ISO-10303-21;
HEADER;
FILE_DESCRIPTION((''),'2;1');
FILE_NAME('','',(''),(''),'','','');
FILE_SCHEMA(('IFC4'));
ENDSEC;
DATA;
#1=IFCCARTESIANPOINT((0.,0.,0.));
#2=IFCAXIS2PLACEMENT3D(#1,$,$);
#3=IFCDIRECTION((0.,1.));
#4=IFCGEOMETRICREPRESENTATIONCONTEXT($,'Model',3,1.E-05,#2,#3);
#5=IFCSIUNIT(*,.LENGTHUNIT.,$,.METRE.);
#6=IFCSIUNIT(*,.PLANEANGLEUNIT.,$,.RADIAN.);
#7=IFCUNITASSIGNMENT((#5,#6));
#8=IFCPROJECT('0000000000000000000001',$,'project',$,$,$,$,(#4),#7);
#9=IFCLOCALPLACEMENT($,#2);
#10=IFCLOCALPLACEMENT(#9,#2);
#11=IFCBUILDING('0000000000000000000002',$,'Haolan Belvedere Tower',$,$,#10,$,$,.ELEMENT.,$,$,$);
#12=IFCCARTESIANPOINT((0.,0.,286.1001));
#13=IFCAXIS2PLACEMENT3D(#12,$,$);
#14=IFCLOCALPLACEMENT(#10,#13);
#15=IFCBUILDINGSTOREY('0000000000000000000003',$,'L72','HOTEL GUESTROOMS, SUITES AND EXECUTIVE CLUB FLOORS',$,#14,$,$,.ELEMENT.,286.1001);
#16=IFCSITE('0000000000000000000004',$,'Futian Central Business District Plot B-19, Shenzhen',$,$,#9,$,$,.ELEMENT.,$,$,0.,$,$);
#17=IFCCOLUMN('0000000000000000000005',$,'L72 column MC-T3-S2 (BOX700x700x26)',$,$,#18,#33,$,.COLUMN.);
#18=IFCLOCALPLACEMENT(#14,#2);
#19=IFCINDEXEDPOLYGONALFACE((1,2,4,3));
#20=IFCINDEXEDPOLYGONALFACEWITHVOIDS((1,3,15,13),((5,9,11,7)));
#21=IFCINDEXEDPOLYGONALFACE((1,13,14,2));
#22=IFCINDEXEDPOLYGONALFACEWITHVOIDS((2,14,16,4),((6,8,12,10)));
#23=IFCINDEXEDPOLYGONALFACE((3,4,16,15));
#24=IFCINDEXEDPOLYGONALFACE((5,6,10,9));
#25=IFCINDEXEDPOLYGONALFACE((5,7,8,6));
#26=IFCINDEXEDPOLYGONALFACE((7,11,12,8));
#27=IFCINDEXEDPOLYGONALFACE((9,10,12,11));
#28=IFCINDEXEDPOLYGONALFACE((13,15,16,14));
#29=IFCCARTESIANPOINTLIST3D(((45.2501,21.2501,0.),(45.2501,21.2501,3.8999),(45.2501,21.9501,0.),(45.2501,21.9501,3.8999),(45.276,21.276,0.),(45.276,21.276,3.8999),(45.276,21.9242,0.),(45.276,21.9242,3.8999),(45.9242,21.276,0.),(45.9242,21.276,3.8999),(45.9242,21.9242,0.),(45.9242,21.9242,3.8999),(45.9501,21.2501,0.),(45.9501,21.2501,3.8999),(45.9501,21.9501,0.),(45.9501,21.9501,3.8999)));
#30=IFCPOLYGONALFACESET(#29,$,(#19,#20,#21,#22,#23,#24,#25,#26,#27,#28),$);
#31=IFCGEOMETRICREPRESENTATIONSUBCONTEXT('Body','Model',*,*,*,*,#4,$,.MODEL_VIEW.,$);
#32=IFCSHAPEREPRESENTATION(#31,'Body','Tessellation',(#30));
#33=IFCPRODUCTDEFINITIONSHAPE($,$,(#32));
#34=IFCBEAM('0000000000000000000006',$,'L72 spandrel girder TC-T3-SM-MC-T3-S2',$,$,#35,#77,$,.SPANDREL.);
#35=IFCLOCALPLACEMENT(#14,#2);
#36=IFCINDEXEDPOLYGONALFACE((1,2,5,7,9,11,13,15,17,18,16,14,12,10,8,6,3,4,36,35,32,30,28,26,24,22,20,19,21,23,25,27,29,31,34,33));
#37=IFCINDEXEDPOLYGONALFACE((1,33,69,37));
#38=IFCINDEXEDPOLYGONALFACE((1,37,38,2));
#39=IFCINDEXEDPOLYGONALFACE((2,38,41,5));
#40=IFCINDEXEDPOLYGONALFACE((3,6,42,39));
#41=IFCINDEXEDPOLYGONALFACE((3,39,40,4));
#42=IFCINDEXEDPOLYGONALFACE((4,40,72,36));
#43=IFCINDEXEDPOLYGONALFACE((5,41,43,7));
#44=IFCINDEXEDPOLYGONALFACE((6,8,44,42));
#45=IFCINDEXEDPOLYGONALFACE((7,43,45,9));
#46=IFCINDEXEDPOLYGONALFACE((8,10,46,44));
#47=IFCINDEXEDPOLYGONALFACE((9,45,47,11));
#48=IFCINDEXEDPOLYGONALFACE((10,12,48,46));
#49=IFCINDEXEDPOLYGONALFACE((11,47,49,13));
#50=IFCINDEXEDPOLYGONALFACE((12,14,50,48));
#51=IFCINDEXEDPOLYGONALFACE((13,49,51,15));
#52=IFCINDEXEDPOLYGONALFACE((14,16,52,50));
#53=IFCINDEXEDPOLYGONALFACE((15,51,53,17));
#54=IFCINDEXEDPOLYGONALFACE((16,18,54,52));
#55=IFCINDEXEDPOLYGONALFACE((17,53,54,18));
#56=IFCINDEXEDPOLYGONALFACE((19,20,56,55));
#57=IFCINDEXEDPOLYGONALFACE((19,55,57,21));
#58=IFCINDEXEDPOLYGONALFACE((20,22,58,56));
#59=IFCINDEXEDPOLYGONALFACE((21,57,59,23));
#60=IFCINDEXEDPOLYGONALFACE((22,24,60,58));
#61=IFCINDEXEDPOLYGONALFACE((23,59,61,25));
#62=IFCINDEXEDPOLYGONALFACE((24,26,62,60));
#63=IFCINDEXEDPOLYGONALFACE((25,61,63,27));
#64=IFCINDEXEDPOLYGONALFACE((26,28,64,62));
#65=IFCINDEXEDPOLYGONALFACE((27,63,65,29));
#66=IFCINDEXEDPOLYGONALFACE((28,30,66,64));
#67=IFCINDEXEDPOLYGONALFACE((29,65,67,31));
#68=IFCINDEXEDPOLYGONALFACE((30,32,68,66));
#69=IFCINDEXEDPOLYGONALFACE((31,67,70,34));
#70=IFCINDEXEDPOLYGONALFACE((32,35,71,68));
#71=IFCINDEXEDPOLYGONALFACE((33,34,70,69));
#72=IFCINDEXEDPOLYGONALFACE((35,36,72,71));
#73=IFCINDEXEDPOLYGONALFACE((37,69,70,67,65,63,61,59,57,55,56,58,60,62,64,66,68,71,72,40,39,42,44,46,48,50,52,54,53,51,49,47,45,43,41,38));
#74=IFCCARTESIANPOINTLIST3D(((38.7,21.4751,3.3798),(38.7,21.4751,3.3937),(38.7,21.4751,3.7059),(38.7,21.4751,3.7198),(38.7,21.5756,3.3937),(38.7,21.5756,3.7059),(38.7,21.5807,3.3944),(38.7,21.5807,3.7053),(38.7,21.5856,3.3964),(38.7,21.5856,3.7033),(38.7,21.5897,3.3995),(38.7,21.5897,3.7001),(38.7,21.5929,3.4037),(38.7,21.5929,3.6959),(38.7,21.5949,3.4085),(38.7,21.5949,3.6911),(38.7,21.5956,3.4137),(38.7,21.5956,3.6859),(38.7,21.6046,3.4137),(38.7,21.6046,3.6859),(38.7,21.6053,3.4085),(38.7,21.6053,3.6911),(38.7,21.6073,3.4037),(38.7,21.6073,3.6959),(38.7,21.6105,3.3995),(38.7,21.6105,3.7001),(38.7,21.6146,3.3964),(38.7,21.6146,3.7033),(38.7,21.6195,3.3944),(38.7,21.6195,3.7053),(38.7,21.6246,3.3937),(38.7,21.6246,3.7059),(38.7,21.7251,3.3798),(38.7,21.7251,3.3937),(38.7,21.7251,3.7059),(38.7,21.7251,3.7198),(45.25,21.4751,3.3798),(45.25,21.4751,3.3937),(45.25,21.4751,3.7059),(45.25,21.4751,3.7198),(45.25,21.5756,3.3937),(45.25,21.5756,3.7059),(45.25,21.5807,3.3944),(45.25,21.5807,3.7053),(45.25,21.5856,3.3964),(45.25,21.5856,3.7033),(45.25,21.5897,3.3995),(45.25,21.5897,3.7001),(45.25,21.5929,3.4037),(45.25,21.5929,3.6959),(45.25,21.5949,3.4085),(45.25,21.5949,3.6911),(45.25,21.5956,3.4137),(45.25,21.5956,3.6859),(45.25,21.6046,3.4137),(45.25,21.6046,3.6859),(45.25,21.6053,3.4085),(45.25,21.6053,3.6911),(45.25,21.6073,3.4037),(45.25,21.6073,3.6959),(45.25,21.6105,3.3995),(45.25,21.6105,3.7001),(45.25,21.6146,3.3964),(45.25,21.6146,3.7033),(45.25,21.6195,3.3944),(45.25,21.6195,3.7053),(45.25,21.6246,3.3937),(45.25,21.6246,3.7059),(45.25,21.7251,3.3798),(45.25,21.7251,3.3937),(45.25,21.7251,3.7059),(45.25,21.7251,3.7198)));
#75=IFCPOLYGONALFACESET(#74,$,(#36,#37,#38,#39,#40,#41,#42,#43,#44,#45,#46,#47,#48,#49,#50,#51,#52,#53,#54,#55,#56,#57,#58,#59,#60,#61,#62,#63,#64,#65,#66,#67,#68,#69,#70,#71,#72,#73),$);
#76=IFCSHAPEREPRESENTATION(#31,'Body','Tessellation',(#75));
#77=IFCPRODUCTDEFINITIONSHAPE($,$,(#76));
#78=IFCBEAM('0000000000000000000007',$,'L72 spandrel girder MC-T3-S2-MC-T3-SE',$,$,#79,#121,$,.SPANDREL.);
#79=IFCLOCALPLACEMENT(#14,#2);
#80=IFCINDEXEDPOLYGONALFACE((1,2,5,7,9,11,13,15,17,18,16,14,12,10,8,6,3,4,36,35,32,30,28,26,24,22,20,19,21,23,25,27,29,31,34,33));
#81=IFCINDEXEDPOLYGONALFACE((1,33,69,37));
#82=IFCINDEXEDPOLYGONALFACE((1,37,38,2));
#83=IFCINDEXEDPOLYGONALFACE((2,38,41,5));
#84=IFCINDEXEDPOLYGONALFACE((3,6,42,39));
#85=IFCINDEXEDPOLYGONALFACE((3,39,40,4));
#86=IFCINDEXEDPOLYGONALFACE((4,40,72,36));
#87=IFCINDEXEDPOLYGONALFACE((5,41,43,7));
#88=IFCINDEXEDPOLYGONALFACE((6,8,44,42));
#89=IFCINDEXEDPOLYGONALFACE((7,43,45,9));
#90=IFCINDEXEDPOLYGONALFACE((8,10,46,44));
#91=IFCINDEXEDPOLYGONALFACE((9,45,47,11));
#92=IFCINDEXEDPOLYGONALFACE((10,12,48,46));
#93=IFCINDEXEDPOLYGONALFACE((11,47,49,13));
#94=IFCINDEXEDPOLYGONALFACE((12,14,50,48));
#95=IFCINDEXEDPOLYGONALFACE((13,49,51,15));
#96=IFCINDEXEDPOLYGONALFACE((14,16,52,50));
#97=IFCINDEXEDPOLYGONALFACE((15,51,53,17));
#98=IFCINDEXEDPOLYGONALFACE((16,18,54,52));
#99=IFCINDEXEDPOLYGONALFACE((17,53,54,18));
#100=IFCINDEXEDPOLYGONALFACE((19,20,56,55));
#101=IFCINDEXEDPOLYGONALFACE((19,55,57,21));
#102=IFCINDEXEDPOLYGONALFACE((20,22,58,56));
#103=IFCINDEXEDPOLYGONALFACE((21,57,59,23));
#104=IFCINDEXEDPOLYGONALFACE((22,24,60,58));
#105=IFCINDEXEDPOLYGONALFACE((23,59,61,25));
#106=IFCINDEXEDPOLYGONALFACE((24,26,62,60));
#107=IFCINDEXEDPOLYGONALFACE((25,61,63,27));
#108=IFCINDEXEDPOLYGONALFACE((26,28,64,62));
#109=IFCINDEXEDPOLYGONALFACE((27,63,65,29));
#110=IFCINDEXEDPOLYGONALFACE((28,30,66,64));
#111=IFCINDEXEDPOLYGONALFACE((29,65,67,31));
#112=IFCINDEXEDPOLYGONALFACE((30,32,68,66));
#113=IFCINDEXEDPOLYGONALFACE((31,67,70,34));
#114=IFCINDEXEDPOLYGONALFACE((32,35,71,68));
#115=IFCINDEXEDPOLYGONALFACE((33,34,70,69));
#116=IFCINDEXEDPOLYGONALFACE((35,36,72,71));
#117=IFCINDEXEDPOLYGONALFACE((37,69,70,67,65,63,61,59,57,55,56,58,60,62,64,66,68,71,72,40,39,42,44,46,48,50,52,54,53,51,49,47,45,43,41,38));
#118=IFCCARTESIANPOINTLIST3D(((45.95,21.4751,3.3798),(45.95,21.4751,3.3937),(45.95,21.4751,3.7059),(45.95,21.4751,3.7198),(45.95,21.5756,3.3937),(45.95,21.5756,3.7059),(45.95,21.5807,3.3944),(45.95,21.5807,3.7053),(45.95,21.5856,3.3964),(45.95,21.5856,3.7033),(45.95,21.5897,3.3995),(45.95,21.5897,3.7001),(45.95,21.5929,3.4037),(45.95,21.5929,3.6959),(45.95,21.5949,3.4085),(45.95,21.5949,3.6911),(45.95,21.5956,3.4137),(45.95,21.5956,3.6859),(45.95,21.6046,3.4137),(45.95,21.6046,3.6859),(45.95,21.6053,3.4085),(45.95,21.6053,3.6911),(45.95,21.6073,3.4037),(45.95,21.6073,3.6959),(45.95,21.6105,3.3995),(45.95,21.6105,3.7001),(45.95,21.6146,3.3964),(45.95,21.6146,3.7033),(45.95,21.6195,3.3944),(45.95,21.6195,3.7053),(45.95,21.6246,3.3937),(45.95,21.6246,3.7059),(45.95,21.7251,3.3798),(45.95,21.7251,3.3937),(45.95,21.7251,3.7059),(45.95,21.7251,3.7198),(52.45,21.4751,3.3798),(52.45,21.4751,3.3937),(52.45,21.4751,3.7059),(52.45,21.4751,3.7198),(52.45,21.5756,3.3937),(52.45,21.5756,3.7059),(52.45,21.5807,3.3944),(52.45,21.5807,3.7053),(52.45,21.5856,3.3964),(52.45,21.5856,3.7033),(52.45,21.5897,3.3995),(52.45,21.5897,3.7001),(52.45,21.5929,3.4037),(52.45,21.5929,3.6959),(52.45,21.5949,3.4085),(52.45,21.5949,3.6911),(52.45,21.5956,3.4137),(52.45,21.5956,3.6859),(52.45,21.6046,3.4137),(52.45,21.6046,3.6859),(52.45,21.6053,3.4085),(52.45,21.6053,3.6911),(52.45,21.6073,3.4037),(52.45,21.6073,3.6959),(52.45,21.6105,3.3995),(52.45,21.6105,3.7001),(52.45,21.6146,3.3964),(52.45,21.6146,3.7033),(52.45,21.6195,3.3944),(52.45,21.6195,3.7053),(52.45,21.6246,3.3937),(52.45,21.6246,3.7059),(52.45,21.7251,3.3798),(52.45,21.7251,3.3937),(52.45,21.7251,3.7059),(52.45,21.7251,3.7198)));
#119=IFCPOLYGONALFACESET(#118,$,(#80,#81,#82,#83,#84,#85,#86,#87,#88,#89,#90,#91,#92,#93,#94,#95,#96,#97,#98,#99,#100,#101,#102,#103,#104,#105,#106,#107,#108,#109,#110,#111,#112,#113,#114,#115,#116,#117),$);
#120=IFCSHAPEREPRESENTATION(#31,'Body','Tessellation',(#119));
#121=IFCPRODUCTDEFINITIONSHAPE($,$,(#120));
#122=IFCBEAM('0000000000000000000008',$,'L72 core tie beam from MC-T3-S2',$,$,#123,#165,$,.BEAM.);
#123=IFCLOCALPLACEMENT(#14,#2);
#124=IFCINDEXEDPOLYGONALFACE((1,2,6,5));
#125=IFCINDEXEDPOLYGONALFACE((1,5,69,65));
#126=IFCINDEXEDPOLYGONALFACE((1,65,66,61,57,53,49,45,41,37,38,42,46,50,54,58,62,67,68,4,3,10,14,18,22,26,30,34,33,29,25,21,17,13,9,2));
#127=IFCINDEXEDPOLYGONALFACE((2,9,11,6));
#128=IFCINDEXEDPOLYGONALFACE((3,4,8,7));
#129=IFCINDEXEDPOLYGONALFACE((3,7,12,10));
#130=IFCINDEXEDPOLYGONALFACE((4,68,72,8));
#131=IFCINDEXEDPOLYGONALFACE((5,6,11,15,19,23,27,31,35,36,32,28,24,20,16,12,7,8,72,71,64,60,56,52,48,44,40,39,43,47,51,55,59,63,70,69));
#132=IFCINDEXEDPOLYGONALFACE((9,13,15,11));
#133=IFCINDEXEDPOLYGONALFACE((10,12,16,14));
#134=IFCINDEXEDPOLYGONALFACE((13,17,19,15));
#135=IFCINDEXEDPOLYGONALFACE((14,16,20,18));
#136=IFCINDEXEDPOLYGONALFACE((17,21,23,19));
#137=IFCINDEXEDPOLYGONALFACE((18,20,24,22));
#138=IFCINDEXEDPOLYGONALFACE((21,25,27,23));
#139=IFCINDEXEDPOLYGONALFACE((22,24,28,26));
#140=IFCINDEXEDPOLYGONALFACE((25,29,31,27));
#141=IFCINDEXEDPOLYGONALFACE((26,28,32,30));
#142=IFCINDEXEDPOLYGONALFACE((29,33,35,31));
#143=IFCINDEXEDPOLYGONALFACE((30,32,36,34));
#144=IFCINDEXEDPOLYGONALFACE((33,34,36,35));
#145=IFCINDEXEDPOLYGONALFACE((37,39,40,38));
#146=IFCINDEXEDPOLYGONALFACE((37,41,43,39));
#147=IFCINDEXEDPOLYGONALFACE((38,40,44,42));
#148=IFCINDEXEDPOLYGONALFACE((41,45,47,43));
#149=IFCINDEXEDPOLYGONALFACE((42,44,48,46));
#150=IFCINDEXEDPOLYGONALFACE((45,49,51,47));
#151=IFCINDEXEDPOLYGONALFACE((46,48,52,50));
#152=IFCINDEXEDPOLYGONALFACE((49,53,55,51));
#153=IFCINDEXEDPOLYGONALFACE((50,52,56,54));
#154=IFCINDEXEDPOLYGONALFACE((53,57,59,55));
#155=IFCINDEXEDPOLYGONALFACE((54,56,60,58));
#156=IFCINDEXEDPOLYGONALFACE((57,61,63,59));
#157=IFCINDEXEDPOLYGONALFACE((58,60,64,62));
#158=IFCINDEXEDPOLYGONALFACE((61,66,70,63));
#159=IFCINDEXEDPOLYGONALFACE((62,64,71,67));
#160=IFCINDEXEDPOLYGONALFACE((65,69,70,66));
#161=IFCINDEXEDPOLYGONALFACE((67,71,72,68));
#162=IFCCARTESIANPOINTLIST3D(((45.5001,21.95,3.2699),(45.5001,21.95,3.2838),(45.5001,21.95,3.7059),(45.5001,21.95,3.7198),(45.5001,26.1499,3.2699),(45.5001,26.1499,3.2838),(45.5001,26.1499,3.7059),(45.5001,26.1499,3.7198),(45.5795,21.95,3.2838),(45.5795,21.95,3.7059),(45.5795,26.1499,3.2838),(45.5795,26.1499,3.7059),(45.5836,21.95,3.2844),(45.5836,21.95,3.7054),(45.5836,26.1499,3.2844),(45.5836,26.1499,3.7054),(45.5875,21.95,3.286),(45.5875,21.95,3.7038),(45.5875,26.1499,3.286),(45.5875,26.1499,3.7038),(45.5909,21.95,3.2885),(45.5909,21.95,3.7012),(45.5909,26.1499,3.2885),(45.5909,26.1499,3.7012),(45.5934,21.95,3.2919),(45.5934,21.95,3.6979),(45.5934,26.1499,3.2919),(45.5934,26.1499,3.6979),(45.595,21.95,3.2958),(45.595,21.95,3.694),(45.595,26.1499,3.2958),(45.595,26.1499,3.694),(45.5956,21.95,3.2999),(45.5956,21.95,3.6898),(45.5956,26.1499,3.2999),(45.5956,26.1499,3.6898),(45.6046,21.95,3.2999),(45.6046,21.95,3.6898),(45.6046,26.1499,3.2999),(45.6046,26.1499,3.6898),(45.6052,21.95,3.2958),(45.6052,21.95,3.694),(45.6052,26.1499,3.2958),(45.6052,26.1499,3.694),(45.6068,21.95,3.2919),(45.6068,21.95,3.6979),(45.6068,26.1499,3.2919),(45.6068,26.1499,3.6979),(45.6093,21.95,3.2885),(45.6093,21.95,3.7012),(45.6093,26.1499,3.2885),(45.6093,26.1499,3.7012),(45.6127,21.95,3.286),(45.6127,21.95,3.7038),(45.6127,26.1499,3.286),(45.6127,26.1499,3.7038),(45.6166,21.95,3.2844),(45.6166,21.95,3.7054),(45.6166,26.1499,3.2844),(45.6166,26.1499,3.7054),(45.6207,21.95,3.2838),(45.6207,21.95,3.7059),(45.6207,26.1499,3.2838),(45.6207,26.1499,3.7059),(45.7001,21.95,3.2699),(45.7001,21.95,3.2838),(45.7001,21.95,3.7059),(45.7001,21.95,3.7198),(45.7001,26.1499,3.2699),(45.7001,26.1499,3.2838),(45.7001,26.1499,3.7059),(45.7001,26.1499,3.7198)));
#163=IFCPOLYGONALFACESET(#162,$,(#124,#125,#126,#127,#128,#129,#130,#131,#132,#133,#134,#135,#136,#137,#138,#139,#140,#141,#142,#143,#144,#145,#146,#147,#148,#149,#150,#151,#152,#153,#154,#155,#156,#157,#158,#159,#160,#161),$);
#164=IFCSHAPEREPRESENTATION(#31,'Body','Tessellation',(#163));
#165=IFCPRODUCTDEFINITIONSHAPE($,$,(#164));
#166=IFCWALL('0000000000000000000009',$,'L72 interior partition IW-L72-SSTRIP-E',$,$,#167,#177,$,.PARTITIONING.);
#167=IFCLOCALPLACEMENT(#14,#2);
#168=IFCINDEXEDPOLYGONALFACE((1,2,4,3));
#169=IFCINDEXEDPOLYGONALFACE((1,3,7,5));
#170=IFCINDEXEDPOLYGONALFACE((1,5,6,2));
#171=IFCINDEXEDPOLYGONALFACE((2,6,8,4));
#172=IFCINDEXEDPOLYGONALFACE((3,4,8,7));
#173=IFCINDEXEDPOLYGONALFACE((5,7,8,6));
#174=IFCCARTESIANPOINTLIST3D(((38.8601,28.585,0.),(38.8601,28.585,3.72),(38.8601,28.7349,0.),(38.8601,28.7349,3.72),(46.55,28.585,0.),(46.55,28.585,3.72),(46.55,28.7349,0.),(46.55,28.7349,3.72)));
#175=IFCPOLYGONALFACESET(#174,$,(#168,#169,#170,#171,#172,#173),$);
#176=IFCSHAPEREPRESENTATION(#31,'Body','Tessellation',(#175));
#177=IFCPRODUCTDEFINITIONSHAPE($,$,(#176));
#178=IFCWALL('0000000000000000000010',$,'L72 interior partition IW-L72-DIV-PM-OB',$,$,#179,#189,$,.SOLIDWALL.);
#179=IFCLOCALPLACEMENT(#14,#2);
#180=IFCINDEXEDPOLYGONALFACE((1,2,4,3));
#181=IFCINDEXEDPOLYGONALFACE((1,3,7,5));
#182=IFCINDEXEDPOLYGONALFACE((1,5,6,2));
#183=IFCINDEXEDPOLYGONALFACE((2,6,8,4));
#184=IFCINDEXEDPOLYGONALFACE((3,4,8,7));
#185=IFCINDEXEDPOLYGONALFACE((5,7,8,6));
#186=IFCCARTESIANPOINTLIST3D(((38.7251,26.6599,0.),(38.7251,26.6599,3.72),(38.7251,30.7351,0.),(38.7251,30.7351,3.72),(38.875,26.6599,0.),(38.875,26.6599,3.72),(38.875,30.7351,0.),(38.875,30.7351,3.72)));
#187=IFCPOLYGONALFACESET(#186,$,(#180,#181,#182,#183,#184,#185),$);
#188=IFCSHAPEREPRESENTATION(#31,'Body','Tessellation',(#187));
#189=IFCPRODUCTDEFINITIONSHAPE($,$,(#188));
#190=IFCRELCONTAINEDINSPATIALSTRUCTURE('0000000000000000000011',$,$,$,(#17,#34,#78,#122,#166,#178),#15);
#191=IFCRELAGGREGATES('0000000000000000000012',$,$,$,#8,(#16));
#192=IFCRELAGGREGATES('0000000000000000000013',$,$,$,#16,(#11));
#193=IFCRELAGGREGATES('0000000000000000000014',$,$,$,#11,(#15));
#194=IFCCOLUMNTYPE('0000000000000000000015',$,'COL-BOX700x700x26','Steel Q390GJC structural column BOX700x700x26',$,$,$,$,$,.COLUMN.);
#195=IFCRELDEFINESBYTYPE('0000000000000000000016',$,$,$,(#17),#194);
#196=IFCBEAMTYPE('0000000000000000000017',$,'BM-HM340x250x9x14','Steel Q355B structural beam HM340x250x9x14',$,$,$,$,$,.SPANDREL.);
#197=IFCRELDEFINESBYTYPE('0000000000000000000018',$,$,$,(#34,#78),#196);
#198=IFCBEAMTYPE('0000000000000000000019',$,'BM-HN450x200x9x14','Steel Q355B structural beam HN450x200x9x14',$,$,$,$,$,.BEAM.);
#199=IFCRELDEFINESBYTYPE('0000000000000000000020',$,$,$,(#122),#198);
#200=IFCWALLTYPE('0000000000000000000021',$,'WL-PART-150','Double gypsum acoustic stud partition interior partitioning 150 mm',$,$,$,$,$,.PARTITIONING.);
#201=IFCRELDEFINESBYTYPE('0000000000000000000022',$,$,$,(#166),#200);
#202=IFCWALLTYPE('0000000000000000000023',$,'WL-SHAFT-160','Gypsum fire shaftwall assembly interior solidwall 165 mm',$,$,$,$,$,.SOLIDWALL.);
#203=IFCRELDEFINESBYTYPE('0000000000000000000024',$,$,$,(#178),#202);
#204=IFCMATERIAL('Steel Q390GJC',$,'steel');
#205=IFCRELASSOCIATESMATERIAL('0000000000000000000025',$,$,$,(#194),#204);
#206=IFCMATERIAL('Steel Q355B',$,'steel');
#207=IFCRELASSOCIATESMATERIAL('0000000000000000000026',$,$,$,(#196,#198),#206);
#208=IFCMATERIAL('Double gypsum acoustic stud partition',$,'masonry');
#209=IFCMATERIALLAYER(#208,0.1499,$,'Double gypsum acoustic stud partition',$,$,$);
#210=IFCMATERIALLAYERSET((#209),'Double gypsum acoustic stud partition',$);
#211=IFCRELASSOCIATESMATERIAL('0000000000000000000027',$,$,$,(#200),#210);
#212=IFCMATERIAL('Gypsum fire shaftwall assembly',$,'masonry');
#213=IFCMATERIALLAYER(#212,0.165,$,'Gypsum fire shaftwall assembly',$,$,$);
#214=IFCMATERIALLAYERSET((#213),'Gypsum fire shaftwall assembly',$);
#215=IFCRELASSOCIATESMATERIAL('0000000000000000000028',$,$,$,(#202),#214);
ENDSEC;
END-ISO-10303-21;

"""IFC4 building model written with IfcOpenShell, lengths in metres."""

from ifc_helpers import new_model, si_unit, direction, frame, frame_2d, origin, origin_2d, place, context, subcontext, project, spatial, rectangle, hollow_rectangle, i_section, extrude, material, layer, layer_set, material_profile, profile_set, type_object, element, save


model = new_model("IFC4")

# Units and contexts
model_context = context("Model", 3, precision=1e-05, world=origin(), true_north=direction((0.0, 1.0)))
body_context = subcontext(model_context, "Body", "Model", "MODEL_VIEW")
ifc_project = project(units=[si_unit("LENGTHUNIT", "METRE"), si_unit("PLANEANGLEUNIT", "RADIAN")], contexts=[model_context])

# Site, building, storey
site_placement = place(None, origin())
site = spatial("IfcSite", under=ifc_project, at=site_placement, Name="Futian Central Business District Plot B-19, Shenzhen", CompositionType="ELEMENT", RefElevation=0.0)
building_placement = place(site_placement, origin())
building = spatial("IfcBuilding", under=site, at=building_placement, Name="Haolan Belvedere Tower", CompositionType="ELEMENT")
storey_placement = place(building_placement, frame((0.0, 0.0, 286.1001)))
storey = spatial("IfcBuildingStorey", under=building, at=storey_placement, Name="L72", Description="HOTEL GUESTROOMS, SUITES AND EXECUTIVE CLUB FLOORS", CompositionType="ELEMENT", Elevation=286.1001)

# Column
ifc_material_1 = material(Name="Steel Q390GJC", Category="steel")
ifc_material_profile_1 = material_profile(ifc_material_1, hollow_rectangle(XDim=0.7, YDim=0.7, WallThickness=0.0259, at=origin_2d()), Name="Steel Q390GJC")
ifc_profile_set_1 = profile_set([ifc_material_profile_1], Name="Steel Q390GJC")
column_type = type_object("IfcColumnType", Name="COL-BOX700x700x26", Description="Steel Q390GJC structural column BOX700x700x26", PredefinedType="COLUMN", material=ifc_profile_set_1)
column_placement = place(storey_placement, frame((45.6001, 21.6001, 0.0), z_axis=(0.0, 0.0, 1.0), x_axis=(1.0, 0.0, 0.0)))
element("IfcColumn", 1, at=column_placement, inside=storey, type_object=column_type, Name="L72 column MC-T3-S2 (BOX700x700x26)", PredefinedType="COLUMN", context=body_context, shape_type="SweptSolid", body=[
    extrude(hollow_rectangle(XDim=0.7, YDim=0.7, WallThickness=0.0259, at=origin_2d()), origin(), (0.0, 0.0, 1.0), 3.8999),
])

# Beams
ifc_material_2 = material(Name="Steel Q355B", Category="steel")
ifc_material_profile_2 = material_profile(ifc_material_2, i_section(OverallWidth=0.25, OverallDepth=0.3401, WebThickness=0.009, FlangeThickness=0.0139, FilletRadius=0.02, at=origin_2d()), Name="Steel Q355B")
ifc_profile_set_2 = profile_set([ifc_material_profile_2], Name="Steel Q355B")
beam_type_1 = type_object("IfcBeamType", Name="BM-HM340x250x9x14", Description="Steel Q355B structural beam HM340x250x9x14", PredefinedType="SPANDREL", material=ifc_profile_set_2)
beam_1_placement = place(storey_placement, frame((38.7, 21.6001, 3.5498), z_axis=(1.0, 0.0, 0.0), x_axis=(0.0, 1.0, 0.0)))
element("IfcBeam", 2, at=beam_1_placement, inside=storey, type_object=beam_type_1, Name="L72 spandrel girder TC-T3-SM-MC-T3-S2", PredefinedType="SPANDREL", context=body_context, shape_type="SweptSolid", body=[
    extrude(i_section(OverallWidth=0.25, OverallDepth=0.3401, WebThickness=0.009, FlangeThickness=0.0139, FilletRadius=0.02, at=origin_2d()), origin(), (0.0, 0.0, 1.0), 6.55),
])
beam_2_placement = place(storey_placement, frame((45.95, 21.6001, 3.5498), z_axis=(1.0, 0.0, 0.0), x_axis=(0.0, 1.0, 0.0)))
element("IfcBeam", 3, at=beam_2_placement, inside=storey, type_object=beam_type_1, Name="L72 spandrel girder MC-T3-S2-MC-T3-SE", PredefinedType="SPANDREL", context=body_context, shape_type="SweptSolid", body=[
    extrude(i_section(OverallWidth=0.25, OverallDepth=0.3401, WebThickness=0.009, FlangeThickness=0.0139, FilletRadius=0.02, at=origin_2d()), origin(), (0.0, 0.0, 1.0), 6.5),
])
ifc_material_profile_3 = material_profile(ifc_material_2, i_section(OverallWidth=0.2, OverallDepth=0.45, WebThickness=0.009, FlangeThickness=0.0139, FilletRadius=0.0161, at=origin_2d()), Name="Steel Q355B")
ifc_profile_set_3 = profile_set([ifc_material_profile_3], Name="Steel Q355B")
beam_type_2 = type_object("IfcBeamType", Name="BM-HN450x200x9x14", Description="Steel Q355B structural beam HN450x200x9x14", PredefinedType="BEAM", material=ifc_profile_set_3)
beam_3_placement = place(storey_placement, frame((45.6001, 21.95, 3.4949), z_axis=(0.0, 1.0, 0.0), x_axis=(-1.0, 0.0, 0.0)))
element("IfcBeam", 4, at=beam_3_placement, inside=storey, type_object=beam_type_2, Name="L72 core tie beam from MC-T3-S2", PredefinedType="BEAM", context=body_context, shape_type="SweptSolid", body=[
    extrude(i_section(OverallWidth=0.2, OverallDepth=0.45, WebThickness=0.009, FlangeThickness=0.0139, FilletRadius=0.0161, at=origin_2d()), origin(), (0.0, 0.0, 1.0), 4.2),
])

# Walls
ifc_material_3 = material(Name="Double gypsum acoustic stud partition", Category="masonry")
ifc_layer_1 = layer(ifc_material_3, 0.1499, Name="Double gypsum acoustic stud partition")
ifc_layer_set_1 = layer_set([ifc_layer_1], Name="Double gypsum acoustic stud partition")
wall_type_1 = type_object("IfcWallType", Name="WL-PART-150", Description="Double gypsum acoustic stud partition interior partitioning 150 mm", PredefinedType="PARTITIONING", material=ifc_layer_set_1)
wall_1_placement = place(storey_placement, frame((38.8601, 28.6599, 0.0), z_axis=(0.0, 0.0, 1.0), x_axis=(1.0, 0.0, 0.0)))
element("IfcWall", 5, at=wall_1_placement, inside=storey, type_object=wall_type_1, Name="L72 interior partition IW-L72-SSTRIP-E", PredefinedType="PARTITIONING", context=body_context, shape_type="SweptSolid", body=[
    extrude(rectangle(XDim=7.6899, YDim=0.1499, at=frame_2d((3.845, 0.0))), origin(), (0.0, 0.0, 1.0), 3.72),
])
ifc_material_4 = material(Name="Gypsum fire shaftwall assembly", Category="masonry")
ifc_layer_2 = layer(ifc_material_4, 0.165, Name="Gypsum fire shaftwall assembly")
ifc_layer_set_2 = layer_set([ifc_layer_2], Name="Gypsum fire shaftwall assembly")
wall_type_2 = type_object("IfcWallType", Name="WL-SHAFT-160", Description="Gypsum fire shaftwall assembly interior solidwall 165 mm", PredefinedType="SOLIDWALL", material=ifc_layer_set_2)
wall_2_placement = place(storey_placement, frame((38.8, 26.6599, 0.0), z_axis=(0.0, 0.0, 1.0), x_axis=(0.0, 1.0, 0.0)))
element("IfcWall", 6, at=wall_2_placement, inside=storey, type_object=wall_type_2, Name="L72 interior partition IW-L72-DIV-PM-OB", PredefinedType="SOLIDWALL", context=body_context, shape_type="SweptSolid", body=[
    extrude(rectangle(XDim=4.0752, YDim=0.1499, at=frame_2d((2.0376, 0.0))), origin(), (0.0, 0.0, 1.0), 3.72),
])

save(model, "model.ifc")
